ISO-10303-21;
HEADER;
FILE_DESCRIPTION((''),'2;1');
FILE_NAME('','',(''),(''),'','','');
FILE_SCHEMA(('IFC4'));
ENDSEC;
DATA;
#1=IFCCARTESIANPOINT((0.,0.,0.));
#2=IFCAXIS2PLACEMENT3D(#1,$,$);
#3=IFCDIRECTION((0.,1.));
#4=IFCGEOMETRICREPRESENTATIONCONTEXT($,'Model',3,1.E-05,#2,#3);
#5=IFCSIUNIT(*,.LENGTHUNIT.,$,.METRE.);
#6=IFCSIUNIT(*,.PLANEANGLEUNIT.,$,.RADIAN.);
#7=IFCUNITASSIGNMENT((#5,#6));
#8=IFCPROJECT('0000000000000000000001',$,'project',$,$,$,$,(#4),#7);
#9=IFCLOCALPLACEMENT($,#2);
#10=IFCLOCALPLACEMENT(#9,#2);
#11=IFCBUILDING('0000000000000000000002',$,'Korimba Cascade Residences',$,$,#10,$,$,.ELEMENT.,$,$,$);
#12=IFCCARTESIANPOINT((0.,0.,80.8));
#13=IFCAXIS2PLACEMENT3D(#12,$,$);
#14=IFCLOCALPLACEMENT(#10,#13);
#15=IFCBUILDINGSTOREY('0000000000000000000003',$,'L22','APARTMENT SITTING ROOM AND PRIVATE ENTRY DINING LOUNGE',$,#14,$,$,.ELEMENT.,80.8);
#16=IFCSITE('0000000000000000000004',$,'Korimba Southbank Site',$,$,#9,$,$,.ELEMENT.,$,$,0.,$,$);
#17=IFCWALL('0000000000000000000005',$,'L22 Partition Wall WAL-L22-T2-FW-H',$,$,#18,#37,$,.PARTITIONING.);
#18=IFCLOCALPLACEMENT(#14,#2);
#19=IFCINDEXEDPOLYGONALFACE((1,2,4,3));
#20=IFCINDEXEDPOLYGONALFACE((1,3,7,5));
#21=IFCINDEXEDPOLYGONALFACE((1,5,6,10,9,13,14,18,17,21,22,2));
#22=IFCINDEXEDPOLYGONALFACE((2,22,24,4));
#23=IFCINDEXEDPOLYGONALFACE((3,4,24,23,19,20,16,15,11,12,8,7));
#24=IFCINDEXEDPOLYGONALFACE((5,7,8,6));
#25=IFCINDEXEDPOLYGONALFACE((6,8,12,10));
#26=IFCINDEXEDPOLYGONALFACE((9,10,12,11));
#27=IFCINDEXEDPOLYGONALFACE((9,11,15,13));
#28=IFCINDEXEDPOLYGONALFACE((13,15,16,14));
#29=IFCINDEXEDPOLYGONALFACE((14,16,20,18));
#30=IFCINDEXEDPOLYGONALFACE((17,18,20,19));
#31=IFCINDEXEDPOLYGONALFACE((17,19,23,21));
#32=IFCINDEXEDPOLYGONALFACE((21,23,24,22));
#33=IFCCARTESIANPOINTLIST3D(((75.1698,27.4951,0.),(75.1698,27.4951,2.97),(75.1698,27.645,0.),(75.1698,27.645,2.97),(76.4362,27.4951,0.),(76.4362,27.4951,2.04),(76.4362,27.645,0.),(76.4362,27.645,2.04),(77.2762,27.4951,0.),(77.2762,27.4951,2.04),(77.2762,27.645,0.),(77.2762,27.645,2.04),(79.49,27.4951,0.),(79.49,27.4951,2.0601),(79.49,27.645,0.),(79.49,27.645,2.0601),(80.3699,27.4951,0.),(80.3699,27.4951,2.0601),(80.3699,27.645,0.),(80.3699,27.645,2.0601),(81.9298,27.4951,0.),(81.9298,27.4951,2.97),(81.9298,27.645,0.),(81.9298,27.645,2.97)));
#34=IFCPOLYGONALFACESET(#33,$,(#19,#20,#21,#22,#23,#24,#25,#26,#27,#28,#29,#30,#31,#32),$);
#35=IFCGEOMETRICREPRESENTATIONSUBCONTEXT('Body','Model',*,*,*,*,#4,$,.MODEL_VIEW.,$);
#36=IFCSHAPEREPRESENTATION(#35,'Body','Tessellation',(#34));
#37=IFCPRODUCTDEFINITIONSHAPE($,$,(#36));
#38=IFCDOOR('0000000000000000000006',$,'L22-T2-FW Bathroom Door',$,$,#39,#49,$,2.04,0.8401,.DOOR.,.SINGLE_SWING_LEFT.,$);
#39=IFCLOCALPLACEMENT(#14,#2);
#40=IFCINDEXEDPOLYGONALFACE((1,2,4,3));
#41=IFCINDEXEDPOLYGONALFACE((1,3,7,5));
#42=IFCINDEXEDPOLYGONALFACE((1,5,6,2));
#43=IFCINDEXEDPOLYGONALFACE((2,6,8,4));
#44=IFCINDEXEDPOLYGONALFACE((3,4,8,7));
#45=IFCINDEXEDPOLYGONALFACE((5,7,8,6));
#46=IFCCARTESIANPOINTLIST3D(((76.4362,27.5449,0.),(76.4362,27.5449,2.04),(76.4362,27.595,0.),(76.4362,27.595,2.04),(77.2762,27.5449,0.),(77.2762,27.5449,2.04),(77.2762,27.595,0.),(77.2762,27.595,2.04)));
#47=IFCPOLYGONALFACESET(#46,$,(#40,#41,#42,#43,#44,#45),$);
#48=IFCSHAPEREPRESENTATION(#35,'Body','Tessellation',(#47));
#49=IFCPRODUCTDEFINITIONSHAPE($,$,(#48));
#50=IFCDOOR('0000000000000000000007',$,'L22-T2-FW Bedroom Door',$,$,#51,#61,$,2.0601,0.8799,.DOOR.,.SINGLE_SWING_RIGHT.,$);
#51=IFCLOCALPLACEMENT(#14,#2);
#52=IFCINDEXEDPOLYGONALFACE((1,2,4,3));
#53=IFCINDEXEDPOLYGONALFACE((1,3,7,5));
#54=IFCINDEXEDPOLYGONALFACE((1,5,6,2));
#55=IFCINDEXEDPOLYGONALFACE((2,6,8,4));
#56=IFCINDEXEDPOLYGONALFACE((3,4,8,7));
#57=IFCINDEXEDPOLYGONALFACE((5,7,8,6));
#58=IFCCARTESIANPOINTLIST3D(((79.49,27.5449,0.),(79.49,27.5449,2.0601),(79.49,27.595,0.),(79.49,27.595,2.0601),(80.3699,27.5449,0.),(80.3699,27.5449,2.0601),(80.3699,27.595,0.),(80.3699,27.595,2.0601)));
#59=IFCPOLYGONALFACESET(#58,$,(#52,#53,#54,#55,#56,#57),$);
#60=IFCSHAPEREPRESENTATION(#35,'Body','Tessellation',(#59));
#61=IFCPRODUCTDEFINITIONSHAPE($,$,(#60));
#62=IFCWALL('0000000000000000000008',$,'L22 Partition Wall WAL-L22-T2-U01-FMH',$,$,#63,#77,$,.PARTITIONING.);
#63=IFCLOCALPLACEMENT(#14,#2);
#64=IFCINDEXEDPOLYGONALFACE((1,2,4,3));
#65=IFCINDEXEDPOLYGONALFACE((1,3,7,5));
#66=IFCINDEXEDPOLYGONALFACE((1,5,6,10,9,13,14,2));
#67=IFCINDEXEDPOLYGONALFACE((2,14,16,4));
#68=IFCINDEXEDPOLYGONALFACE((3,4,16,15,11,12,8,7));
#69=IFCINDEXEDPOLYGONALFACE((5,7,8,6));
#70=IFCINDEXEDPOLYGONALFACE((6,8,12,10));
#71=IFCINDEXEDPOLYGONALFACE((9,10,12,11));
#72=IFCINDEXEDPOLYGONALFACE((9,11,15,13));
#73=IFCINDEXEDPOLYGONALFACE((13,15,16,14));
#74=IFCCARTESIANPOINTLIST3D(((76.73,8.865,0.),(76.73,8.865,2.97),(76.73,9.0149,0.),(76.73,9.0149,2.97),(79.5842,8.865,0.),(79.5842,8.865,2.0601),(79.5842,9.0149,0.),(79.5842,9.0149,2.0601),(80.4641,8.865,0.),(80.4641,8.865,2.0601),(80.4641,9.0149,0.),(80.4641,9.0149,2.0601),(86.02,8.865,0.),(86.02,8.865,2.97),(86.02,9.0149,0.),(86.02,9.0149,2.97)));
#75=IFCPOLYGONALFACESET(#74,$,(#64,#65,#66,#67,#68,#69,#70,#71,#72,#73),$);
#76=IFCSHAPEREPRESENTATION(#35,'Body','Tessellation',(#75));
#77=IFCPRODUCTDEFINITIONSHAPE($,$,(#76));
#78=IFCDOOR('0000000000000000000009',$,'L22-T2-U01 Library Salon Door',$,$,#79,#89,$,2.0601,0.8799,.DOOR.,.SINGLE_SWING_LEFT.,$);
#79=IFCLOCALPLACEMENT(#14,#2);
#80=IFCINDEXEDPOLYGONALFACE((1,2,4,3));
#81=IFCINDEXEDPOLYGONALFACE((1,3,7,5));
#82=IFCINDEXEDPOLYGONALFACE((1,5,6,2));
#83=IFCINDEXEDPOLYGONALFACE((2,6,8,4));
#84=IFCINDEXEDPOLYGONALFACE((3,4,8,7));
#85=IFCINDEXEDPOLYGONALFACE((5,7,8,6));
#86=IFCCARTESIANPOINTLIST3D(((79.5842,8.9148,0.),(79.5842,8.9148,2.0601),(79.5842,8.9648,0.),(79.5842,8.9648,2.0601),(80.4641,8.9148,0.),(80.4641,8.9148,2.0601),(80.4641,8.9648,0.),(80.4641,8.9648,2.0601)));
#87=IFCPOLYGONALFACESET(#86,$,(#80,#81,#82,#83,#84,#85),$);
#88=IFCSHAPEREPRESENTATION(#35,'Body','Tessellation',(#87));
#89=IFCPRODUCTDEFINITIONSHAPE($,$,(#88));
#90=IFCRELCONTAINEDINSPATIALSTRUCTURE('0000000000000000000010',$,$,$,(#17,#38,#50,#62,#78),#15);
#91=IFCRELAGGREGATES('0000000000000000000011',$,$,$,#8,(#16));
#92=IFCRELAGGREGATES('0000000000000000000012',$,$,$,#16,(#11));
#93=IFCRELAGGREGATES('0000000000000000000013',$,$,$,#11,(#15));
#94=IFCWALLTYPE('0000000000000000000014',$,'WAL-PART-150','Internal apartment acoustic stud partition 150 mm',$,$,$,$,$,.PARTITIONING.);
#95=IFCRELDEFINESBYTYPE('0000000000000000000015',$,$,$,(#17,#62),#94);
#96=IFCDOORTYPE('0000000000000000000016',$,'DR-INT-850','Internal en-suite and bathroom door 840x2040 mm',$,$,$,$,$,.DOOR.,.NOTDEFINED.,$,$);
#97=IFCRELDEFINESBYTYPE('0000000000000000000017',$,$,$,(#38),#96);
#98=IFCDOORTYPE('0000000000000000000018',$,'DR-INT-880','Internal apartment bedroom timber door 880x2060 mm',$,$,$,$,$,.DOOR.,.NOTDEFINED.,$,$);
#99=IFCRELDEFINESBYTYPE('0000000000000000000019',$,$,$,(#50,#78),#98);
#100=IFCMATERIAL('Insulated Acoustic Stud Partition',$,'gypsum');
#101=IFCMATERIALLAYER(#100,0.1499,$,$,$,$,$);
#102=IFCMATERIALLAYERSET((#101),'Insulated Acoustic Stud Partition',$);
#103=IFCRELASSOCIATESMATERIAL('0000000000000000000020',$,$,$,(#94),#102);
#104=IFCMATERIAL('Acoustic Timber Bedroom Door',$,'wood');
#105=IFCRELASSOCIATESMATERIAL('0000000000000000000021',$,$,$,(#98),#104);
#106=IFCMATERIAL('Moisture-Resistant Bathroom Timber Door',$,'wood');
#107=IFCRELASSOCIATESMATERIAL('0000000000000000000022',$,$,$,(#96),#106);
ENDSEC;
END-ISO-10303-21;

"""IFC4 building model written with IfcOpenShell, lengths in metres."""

from ifc_helpers import new_model, si_unit, direction, frame, frame_2d, origin, place, context, subcontext, project, spatial, rectangle, extrude, material, layer, layer_set, type_object, element, fill, save


model = new_model("IFC4")

# Units and contexts
model_context = context("Model", 3, precision=1e-05, world=origin(), true_north=direction((0.0, 1.0)))
body_context = subcontext(model_context, "Body", "Model", "MODEL_VIEW")
ifc_project = project(units=[si_unit("LENGTHUNIT", "METRE"), si_unit("PLANEANGLEUNIT", "RADIAN")], contexts=[model_context])

# Site, building, storey
site_placement = place(None, origin())
site = spatial("IfcSite", under=ifc_project, at=site_placement, Name="Korimba Southbank Site", CompositionType="ELEMENT", RefElevation=0.0)
building_placement = place(site_placement, origin())
building = spatial("IfcBuilding", under=site, at=building_placement, Name="Korimba Cascade Residences", CompositionType="ELEMENT")
storey_placement = place(building_placement, frame((0.0, 0.0, 80.8)))
storey = spatial("IfcBuildingStorey", under=building, at=storey_placement, Name="L22", Description="APARTMENT SITTING ROOM AND PRIVATE ENTRY DINING LOUNGE", CompositionType="ELEMENT", Elevation=80.8)

# Shared definitions
ifc_material_1 = material(Name="Insulated Acoustic Stud Partition", Category="gypsum")
ifc_layer_1 = layer(ifc_material_1, 0.1499)
ifc_layer_set_1 = layer_set([ifc_layer_1], Name="Insulated Acoustic Stud Partition")
wall_type_1 = type_object("IfcWallType", Name="WAL-PART-150", Description="Internal apartment acoustic stud partition 150 mm", PredefinedType="PARTITIONING", material=ifc_layer_set_1)
ifc_material_2 = material(Name="Acoustic Timber Bedroom Door", Category="wood")
door_type_1 = type_object("IfcDoorType", Name="DR-INT-880", Description="Internal apartment bedroom timber door 880x2060 mm", OperationType="NOTDEFINED", PredefinedType="DOOR", material=ifc_material_2)

# Wall, openings, doors
wall_1_placement = place(storey_placement, frame((75.1699, 27.5701, 0.0), z_axis=(0.0, 0.0, 1.0), x_axis=(1.0, 0.0, 0.0)))
wall_1 = element("IfcWall", 1, at=wall_1_placement, inside=storey, type_object=wall_type_1, Name="L22 Partition Wall WAL-L22-T2-FW-H", PredefinedType="PARTITIONING", context=body_context, shape_type="SweptSolid", body=[
    extrude(rectangle(XDim=6.76, YDim=0.1499, at=frame_2d((3.3799, 0.0))), origin(), (0.0, 0.0, 1.0), 2.97),
])
opening_1_placement = place(wall_1_placement, frame((1.2664, 0.0, 0.0)))
opening_1 = element("IfcOpeningElement", 2, at=opening_1_placement, cuts=wall_1, PredefinedType="OPENING", context=body_context, shape_type="SweptSolid", body=[
    extrude(rectangle(XDim=0.8401, YDim=2.04, at=frame_2d((0.4199, 1.02))), frame((0.0, 0.085, 0.0), z_axis=(0.0, -1.0, 0.0), x_axis=(1.0, 0.0, 0.0)), (0.0, 0.0, 1.0), 0.1699),
])
opening_2_placement = place(wall_1_placement, frame((4.3201, 0.0, 0.0)))
opening_2 = element("IfcOpeningElement", 3, at=opening_2_placement, cuts=wall_1, PredefinedType="OPENING", context=body_context, shape_type="SweptSolid", body=[
    extrude(rectangle(XDim=0.8799, YDim=2.0601, at=frame_2d((0.4399, 1.03))), frame((0.0, 0.085, 0.0), z_axis=(0.0, -1.0, 0.0), x_axis=(1.0, 0.0, 0.0)), (0.0, 0.0, 1.0), 0.1699),
])
ifc_material_3 = material(Name="Moisture-Resistant Bathroom Timber Door", Category="wood")
door_type_2 = type_object("IfcDoorType", Name="DR-INT-850", Description="Internal en-suite and bathroom door 840x2040 mm", OperationType="NOTDEFINED", PredefinedType="DOOR", material=ifc_material_3)
door_1_placement = place(opening_1_placement, origin())
door_1 = element("IfcDoor", 4, at=door_1_placement, inside=storey, type_object=door_type_2, Name="L22-T2-FW Bathroom Door", OperationType="SINGLE_SWING_LEFT", OverallHeight=2.04, OverallWidth=0.8401, PredefinedType="DOOR", context=body_context, shape_type="SweptSolid", body=[
    extrude(rectangle(XDim=0.8401, YDim=2.04, at=frame_2d((0.4199, 1.02))), frame((0.0, 0.0249, 0.0), z_axis=(0.0, -1.0, 0.0), x_axis=(1.0, 0.0, 0.0)), (0.0, 0.0, 1.0), 0.05),
])
fill(opening_1, door_1)
door_2_placement = place(opening_2_placement, origin())
door_2 = element("IfcDoor", 5, at=door_2_placement, inside=storey, type_object=door_type_1, Name="L22-T2-FW Bedroom Door", OperationType="SINGLE_SWING_RIGHT", OverallHeight=2.0601, OverallWidth=0.8799, PredefinedType="DOOR", context=body_context, shape_type="SweptSolid", body=[
    extrude(rectangle(XDim=0.8799, YDim=2.0601, at=frame_2d((0.4399, 1.03))), frame((0.0, 0.0249, 0.0), z_axis=(0.0, -1.0, 0.0), x_axis=(1.0, 0.0, 0.0)), (0.0, 0.0, 1.0), 0.05),
])
fill(opening_2, door_2)

# Wall, opening, door
wall_2_placement = place(storey_placement, frame((76.73, 8.9399, 0.0), z_axis=(0.0, 0.0, 1.0), x_axis=(1.0, 0.0, 0.0)))
wall_2 = element("IfcWall", 6, at=wall_2_placement, inside=storey, type_object=wall_type_1, Name="L22 Partition Wall WAL-L22-T2-U01-FMH", PredefinedType="PARTITIONING", context=body_context, shape_type="SweptSolid", body=[
    extrude(rectangle(XDim=9.29, YDim=0.1499, at=frame_2d((4.645, 0.0))), origin(), (0.0, 0.0, 1.0), 2.97),
])
opening_3_placement = place(wall_2_placement, frame((2.8542, 0.0, 0.0)))
opening_3 = element("IfcOpeningElement", 7, at=opening_3_placement, cuts=wall_2, PredefinedType="OPENING", context=body_context, shape_type="SweptSolid", body=[
    extrude(rectangle(XDim=0.8799, YDim=2.0601, at=frame_2d((0.4399, 1.03))), frame((0.0, 0.085, 0.0), z_axis=(0.0, -1.0, 0.0), x_axis=(1.0, 0.0, 0.0)), (0.0, 0.0, 1.0), 0.1699),
])
door_3_placement = place(opening_3_placement, origin())
door_3 = element("IfcDoor", 8, at=door_3_placement, inside=storey, type_object=door_type_1, Name="L22-T2-U01 Library Salon Door", OperationType="SINGLE_SWING_LEFT", OverallHeight=2.0601, OverallWidth=0.8799, PredefinedType="DOOR", context=body_context, shape_type="SweptSolid", body=[
    extrude(rectangle(XDim=0.8799, YDim=2.0601, at=frame_2d((0.4399, 1.03))), frame((0.0, 0.0249, 0.0), z_axis=(0.0, -1.0, 0.0), x_axis=(1.0, 0.0, 0.0)), (0.0, 0.0, 1.0), 0.05),
])
fill(opening_3, door_3)

save(model, "model.ifc")
